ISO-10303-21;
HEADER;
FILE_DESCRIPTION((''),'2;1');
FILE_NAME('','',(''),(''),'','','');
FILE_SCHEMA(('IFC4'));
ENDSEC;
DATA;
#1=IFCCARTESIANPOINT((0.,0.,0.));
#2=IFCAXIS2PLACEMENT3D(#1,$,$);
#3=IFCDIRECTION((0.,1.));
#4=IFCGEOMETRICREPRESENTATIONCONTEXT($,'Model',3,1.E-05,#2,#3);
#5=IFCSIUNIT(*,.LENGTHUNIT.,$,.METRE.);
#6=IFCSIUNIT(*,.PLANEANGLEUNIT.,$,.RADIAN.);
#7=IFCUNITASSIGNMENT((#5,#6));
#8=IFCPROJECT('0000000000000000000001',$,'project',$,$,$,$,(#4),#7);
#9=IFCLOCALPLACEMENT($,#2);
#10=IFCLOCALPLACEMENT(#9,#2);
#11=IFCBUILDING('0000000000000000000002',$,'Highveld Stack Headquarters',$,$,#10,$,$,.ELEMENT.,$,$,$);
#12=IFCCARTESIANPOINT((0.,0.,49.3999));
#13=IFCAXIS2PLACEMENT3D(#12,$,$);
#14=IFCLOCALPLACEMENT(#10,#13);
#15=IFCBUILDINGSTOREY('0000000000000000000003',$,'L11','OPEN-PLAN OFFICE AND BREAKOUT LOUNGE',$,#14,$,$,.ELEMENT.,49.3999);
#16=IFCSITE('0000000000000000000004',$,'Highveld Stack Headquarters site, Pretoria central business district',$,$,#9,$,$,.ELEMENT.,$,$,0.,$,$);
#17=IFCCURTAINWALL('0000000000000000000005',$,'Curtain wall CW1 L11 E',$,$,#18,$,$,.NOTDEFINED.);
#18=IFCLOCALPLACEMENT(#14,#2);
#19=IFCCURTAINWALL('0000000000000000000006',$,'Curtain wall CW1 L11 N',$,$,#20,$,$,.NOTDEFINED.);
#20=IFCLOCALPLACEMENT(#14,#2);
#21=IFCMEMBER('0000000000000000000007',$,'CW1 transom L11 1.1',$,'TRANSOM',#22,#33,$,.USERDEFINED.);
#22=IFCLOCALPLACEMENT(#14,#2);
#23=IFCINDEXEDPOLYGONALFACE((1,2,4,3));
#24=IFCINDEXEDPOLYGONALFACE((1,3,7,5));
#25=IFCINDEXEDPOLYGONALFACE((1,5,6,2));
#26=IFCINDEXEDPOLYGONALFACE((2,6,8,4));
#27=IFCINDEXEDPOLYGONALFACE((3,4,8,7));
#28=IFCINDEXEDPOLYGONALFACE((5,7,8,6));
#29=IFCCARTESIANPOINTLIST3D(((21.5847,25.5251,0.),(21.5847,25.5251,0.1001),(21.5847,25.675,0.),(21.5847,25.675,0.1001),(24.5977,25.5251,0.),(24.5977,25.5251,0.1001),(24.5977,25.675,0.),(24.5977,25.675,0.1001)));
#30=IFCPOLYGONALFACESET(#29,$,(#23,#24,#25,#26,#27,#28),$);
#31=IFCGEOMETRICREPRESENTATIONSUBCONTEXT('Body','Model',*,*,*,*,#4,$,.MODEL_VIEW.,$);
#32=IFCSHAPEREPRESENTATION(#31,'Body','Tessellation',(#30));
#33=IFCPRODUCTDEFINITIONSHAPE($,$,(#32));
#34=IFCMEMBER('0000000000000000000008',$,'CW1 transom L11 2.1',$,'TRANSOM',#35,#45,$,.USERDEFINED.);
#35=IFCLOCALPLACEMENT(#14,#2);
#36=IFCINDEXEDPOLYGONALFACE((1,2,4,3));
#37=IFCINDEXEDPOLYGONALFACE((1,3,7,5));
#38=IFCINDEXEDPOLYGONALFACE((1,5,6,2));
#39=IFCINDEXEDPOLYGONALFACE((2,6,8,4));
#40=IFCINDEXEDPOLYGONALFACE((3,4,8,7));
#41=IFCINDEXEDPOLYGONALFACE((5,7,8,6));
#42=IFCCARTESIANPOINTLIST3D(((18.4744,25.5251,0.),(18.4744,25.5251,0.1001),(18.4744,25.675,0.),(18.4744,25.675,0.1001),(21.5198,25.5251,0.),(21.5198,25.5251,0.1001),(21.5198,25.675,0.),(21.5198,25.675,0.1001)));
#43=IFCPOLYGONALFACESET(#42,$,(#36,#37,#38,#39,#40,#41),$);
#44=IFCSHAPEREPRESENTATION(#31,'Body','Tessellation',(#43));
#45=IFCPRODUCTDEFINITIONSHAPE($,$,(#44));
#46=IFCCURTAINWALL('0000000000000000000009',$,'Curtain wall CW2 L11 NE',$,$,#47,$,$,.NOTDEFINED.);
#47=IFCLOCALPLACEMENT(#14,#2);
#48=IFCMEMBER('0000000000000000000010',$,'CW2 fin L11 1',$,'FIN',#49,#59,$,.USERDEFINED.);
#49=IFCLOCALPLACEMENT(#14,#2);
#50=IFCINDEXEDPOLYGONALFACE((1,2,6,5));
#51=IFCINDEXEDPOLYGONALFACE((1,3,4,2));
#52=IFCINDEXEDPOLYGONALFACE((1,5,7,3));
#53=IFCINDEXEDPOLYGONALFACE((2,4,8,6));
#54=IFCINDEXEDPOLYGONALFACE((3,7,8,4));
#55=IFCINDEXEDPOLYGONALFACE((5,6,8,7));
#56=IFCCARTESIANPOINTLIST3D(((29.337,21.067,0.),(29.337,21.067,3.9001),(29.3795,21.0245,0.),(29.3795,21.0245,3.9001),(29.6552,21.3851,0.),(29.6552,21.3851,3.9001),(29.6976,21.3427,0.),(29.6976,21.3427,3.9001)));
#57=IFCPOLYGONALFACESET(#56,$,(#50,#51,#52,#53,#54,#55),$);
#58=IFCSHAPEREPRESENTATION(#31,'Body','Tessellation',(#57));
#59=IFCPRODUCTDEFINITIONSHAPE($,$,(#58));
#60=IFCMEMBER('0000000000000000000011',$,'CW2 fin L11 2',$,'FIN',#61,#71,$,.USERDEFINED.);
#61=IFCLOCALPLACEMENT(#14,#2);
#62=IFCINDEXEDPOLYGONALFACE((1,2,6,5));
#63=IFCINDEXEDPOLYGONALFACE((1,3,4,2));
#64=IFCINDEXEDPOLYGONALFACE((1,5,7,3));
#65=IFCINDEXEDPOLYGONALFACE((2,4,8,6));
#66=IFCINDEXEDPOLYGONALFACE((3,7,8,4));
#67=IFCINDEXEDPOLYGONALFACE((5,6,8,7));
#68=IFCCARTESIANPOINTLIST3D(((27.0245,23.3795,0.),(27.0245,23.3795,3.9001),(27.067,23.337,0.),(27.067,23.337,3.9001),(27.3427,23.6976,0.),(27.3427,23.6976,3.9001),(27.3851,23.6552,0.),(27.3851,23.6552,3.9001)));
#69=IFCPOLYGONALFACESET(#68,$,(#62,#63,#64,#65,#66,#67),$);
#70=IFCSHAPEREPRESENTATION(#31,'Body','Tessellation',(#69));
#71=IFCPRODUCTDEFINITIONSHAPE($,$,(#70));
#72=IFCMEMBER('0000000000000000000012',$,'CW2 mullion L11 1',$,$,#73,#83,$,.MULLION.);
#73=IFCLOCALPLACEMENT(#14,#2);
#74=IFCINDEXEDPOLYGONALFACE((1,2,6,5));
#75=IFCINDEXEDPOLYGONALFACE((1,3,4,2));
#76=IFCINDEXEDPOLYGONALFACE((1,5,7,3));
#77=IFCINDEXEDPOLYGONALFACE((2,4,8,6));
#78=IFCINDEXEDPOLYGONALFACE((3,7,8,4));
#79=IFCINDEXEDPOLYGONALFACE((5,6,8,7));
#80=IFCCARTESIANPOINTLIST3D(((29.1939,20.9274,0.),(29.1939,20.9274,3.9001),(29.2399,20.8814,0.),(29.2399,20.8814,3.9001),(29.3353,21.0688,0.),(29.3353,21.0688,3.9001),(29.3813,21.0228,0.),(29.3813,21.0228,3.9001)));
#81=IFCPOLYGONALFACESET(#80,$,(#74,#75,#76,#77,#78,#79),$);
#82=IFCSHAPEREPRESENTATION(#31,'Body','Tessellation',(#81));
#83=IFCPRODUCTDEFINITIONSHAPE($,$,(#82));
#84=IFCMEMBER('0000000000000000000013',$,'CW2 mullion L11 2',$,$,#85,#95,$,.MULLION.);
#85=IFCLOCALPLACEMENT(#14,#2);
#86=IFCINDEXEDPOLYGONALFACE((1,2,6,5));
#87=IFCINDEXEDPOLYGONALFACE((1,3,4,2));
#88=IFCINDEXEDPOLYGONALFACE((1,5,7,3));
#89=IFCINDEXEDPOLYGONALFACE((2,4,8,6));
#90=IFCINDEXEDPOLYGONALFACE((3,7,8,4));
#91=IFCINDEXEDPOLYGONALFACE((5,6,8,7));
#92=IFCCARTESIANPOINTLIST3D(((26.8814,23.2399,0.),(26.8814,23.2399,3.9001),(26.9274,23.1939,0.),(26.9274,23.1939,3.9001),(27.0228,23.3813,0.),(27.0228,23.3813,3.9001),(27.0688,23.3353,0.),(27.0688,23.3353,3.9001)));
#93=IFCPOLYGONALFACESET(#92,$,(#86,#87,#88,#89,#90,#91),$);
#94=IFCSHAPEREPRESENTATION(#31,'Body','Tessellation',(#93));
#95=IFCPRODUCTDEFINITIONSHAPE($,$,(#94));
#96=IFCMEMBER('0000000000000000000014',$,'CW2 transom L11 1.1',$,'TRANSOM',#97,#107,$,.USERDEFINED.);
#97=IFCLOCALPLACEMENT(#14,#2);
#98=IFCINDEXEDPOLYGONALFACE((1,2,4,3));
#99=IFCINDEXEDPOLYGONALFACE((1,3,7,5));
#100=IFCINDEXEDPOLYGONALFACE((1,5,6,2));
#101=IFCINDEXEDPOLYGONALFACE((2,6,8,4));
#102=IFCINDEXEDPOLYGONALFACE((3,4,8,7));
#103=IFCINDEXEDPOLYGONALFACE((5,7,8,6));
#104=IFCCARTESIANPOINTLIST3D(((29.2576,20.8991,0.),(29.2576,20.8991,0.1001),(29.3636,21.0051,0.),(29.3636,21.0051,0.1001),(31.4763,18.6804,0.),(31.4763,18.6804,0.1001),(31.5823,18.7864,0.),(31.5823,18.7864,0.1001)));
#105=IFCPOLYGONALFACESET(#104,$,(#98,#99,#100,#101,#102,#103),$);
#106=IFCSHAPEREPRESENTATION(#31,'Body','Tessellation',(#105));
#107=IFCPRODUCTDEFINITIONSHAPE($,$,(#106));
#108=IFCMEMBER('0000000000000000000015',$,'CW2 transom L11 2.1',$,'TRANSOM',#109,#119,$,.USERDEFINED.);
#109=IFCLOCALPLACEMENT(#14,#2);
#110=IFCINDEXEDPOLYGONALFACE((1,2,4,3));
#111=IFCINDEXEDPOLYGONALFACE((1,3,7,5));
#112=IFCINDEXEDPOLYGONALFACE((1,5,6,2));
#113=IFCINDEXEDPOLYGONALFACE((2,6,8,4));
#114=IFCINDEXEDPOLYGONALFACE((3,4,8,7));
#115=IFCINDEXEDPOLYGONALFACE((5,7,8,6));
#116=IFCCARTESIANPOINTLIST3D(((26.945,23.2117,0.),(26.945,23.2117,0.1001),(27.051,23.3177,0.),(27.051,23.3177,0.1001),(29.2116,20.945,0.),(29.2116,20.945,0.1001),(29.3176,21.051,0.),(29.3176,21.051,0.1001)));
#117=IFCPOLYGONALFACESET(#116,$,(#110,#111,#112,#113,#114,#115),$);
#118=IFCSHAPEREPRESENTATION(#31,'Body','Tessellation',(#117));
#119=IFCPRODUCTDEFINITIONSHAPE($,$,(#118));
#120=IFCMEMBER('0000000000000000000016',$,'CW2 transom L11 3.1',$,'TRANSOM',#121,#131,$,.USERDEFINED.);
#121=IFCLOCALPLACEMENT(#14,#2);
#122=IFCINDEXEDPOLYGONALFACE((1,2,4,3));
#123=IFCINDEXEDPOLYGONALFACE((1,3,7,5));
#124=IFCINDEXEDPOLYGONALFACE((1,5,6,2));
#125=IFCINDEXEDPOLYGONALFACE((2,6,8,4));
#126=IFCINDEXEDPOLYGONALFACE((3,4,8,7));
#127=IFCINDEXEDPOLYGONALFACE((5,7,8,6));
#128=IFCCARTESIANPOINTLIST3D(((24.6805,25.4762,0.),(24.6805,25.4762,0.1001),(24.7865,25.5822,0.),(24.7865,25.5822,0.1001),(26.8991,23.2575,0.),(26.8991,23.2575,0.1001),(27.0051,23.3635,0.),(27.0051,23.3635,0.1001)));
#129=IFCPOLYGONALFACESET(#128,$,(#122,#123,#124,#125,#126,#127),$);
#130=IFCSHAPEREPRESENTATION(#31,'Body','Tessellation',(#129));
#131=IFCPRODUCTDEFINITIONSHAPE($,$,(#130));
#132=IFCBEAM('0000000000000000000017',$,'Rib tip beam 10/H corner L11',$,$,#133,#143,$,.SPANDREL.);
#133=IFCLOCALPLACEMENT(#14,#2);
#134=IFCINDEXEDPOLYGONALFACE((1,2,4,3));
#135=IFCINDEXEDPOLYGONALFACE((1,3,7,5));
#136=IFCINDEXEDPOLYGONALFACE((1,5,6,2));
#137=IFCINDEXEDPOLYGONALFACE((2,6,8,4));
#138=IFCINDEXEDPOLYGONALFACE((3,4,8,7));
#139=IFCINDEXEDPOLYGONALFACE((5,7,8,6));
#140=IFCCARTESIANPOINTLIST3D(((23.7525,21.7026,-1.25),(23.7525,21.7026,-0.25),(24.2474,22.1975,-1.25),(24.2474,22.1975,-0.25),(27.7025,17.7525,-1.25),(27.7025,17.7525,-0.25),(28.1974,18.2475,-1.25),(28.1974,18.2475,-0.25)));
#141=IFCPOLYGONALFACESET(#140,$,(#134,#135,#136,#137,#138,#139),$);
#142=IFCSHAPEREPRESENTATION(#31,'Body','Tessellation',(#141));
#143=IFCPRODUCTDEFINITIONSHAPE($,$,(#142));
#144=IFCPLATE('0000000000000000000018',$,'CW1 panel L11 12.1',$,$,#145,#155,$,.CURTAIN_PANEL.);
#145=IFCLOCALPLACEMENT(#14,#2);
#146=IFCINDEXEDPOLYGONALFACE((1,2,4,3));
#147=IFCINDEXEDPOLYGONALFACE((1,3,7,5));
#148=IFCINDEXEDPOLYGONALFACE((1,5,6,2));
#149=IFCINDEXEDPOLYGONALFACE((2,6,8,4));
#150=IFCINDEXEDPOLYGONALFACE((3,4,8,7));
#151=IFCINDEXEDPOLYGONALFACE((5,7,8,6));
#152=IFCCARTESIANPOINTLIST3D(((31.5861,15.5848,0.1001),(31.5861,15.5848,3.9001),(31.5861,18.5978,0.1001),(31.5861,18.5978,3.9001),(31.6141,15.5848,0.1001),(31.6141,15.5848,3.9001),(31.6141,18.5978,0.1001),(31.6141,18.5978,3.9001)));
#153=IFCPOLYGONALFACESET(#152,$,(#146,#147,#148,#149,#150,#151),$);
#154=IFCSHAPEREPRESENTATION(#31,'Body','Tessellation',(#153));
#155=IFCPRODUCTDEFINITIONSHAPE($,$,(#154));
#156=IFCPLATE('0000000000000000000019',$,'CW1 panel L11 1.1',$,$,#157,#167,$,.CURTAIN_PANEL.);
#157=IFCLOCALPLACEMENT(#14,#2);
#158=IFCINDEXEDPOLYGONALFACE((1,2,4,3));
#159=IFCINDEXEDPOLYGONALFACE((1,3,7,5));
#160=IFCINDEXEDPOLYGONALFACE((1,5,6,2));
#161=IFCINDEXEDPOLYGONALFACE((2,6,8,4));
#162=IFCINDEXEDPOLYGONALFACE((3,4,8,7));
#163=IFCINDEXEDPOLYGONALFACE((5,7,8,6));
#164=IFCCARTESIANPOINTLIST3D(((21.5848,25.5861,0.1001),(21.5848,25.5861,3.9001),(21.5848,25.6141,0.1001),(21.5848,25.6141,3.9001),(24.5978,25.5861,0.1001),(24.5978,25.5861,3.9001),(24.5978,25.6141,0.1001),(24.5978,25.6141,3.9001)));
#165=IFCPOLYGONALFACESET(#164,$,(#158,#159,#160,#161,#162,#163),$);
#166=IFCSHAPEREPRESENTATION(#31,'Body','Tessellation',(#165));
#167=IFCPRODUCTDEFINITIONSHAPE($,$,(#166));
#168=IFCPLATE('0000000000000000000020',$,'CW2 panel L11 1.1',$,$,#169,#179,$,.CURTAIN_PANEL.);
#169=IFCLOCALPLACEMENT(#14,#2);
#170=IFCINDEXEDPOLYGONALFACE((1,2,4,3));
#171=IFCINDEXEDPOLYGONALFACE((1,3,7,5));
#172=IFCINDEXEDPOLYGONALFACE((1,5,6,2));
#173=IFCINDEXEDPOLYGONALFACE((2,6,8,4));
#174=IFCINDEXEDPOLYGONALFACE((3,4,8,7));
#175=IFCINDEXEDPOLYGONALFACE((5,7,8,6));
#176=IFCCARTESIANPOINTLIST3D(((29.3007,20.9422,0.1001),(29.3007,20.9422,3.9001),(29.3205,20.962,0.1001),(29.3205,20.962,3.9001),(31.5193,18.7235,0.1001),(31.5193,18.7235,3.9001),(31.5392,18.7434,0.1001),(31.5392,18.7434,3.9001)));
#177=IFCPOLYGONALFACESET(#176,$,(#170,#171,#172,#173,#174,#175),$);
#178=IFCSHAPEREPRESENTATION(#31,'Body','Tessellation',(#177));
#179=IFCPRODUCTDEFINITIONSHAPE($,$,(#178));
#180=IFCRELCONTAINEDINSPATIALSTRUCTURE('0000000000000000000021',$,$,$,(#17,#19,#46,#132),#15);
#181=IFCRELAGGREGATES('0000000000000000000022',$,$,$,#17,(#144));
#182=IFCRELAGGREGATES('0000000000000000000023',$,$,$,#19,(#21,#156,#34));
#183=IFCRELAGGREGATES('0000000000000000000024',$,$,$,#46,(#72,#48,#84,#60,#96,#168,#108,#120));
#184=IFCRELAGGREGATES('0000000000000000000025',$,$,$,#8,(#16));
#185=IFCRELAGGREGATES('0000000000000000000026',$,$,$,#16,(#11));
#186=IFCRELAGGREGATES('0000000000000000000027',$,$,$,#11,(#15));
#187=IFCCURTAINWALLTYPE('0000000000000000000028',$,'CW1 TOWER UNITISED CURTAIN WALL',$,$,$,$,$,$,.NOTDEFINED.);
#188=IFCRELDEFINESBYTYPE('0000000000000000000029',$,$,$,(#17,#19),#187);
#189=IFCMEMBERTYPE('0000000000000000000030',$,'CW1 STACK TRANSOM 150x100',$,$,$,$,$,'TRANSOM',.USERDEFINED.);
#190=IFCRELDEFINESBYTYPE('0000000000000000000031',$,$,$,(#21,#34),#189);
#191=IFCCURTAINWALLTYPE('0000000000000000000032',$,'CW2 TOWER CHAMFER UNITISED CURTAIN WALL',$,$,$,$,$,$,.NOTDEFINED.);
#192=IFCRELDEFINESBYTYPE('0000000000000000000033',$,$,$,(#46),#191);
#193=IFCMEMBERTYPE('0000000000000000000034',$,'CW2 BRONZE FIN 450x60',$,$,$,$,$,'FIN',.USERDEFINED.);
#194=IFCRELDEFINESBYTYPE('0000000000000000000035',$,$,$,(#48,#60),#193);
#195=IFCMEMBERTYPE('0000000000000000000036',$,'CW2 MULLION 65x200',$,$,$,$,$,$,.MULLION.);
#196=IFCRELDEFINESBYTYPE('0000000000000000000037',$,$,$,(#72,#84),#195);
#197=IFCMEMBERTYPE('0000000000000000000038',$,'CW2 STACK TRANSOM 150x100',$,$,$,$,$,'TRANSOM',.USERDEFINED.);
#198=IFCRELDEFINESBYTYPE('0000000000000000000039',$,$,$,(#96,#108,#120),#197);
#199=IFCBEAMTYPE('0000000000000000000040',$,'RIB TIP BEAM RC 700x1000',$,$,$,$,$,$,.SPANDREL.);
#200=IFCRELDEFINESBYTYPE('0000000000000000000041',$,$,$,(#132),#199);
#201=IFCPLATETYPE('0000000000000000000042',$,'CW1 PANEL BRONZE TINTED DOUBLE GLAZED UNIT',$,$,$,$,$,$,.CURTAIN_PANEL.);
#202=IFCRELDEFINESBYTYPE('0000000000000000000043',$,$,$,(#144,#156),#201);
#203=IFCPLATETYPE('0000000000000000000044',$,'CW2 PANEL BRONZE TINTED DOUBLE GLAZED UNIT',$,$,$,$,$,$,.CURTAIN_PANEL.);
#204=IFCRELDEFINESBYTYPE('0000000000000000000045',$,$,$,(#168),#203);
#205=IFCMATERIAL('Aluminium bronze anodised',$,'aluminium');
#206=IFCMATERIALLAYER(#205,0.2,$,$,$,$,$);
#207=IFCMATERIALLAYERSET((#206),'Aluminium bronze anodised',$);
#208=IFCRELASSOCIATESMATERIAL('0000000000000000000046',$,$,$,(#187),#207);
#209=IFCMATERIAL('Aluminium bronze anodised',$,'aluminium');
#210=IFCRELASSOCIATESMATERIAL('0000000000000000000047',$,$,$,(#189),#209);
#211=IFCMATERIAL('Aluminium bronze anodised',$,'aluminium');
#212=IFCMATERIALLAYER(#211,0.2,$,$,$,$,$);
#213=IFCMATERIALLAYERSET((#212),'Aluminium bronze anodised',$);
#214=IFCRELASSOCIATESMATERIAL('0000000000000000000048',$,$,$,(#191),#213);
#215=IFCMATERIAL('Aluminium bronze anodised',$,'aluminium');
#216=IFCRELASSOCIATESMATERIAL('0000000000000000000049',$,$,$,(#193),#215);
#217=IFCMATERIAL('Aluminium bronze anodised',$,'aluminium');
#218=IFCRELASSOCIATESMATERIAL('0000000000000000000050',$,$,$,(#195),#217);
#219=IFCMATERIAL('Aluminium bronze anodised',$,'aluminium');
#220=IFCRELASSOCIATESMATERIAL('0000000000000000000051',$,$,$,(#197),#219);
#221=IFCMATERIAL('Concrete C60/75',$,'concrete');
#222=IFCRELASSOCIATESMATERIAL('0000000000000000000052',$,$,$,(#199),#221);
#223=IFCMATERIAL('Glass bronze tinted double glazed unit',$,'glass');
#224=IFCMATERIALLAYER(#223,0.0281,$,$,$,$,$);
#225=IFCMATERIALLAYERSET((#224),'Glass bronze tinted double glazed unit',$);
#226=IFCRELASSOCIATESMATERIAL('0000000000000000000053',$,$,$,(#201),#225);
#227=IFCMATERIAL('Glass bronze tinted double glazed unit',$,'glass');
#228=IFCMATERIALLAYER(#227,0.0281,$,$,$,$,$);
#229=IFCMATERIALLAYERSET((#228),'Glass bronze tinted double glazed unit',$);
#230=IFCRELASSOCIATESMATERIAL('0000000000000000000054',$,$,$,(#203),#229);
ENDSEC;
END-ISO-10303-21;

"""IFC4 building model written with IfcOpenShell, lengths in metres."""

from ifc_helpers import new_model, si_unit, direction, frame, origin, origin_2d, place, context, subcontext, project, spatial, rectangle, extrude, material, layer, layer_set, material_profile, profile_set, type_object, element, aggregate, save


model = new_model("IFC4")

# Units and contexts
model_context = context("Model", 3, precision=1e-05, world=origin(), true_north=direction((0.0, 1.0)))
body_context = subcontext(model_context, "Body", "Model", "MODEL_VIEW")
ifc_project = project(units=[si_unit("LENGTHUNIT", "METRE"), si_unit("PLANEANGLEUNIT", "RADIAN")], contexts=[model_context])

# Site, building, storey
site_placement = place(None, origin())
site = spatial("IfcSite", under=ifc_project, at=site_placement, Name="Highveld Stack Headquarters site, Pretoria central business district", CompositionType="ELEMENT", RefElevation=0.0)
building_placement = place(site_placement, origin())
building = spatial("IfcBuilding", under=site, at=building_placement, Name="Highveld Stack Headquarters", CompositionType="ELEMENT")
storey_placement = place(building_placement, frame((0.0, 0.0, 49.3999)))
storey = spatial("IfcBuildingStorey", under=building, at=storey_placement, Name="L11", Description="OPEN-PLAN OFFICE AND BREAKOUT LOUNGE", CompositionType="ELEMENT", Elevation=49.3999)

# Curtain walls
ifc_material_1 = material(Name="Aluminium bronze anodised", Category="aluminium")
ifc_layer_1 = layer(ifc_material_1, 0.2)
ifc_layer_set_1 = layer_set([ifc_layer_1], Name="Aluminium bronze anodised")
curtain_wall_type_1 = type_object("IfcCurtainWallType", Name="CW1 TOWER UNITISED CURTAIN WALL", PredefinedType="NOTDEFINED", material=ifc_layer_set_1)
curtain_wall_1_placement = place(storey_placement, origin())
curtain_wall_1 = element("IfcCurtainWall", 1, at=curtain_wall_1_placement, inside=storey, type_object=curtain_wall_type_1, Name="Curtain wall CW1 L11 E", PredefinedType="NOTDEFINED")
curtain_wall_2_placement = place(storey_placement, origin())
curtain_wall_2 = element("IfcCurtainWall", 2, at=curtain_wall_2_placement, inside=storey, type_object=curtain_wall_type_1, Name="Curtain wall CW1 L11 N", PredefinedType="NOTDEFINED")

# Members
ifc_material_2 = material(Name="Aluminium bronze anodised", Category="aluminium")
ifc_material_profile_1 = material_profile(ifc_material_2, rectangle(XDim=0.1499, YDim=0.1001, at=origin_2d()), Name="CW1 TRANSOM 150x100")
ifc_profile_set_1 = profile_set([ifc_material_profile_1], Name="Aluminium bronze anodised")
member_type_1 = type_object("IfcMemberType", Name="CW1 STACK TRANSOM 150x100", ElementType="TRANSOM", PredefinedType="USERDEFINED", material=ifc_profile_set_1)
member_1_placement = place(storey_placement, frame((24.5977, 25.6001, 0.05), z_axis=(-1.0, 0.0, 0.0), x_axis=(0.0, -1.0, 0.0)))
member_1 = element("IfcMember", 3, at=member_1_placement, type_object=member_type_1, Name="CW1 transom L11 1.1", ObjectType="TRANSOM", PredefinedType="USERDEFINED", context=body_context, shape_type="SweptSolid", body=[
    extrude(rectangle(XDim=0.1499, YDim=0.1001, at=origin_2d()), origin(), (0.0, 0.0, 1.0), 3.0129),
])
member_2_placement = place(storey_placement, frame((21.5198, 25.6001, 0.05), z_axis=(-1.0, 0.0, 0.0), x_axis=(0.0, -1.0, 0.0)))
member_2 = element("IfcMember", 4, at=member_2_placement, type_object=member_type_1, Name="CW1 transom L11 2.1", ObjectType="TRANSOM", PredefinedType="USERDEFINED", context=body_context, shape_type="SweptSolid", body=[
    extrude(rectangle(XDim=0.1499, YDim=0.1001, at=origin_2d()), origin(), (0.0, 0.0, 1.0), 3.0454),
])

# Curtain wall, members
ifc_material_3 = material(Name="Aluminium bronze anodised", Category="aluminium")
ifc_layer_2 = layer(ifc_material_3, 0.2)
ifc_layer_set_2 = layer_set([ifc_layer_2], Name="Aluminium bronze anodised")
curtain_wall_type_2 = type_object("IfcCurtainWallType", Name="CW2 TOWER CHAMFER UNITISED CURTAIN WALL", PredefinedType="NOTDEFINED", material=ifc_layer_set_2)
curtain_wall_3_placement = place(storey_placement, origin())
curtain_wall_3 = element("IfcCurtainWall", 5, at=curtain_wall_3_placement, inside=storey, type_object=curtain_wall_type_2, Name="Curtain wall CW2 L11 NE", PredefinedType="NOTDEFINED")
ifc_material_4 = material(Name="Aluminium bronze anodised", Category="aluminium")
ifc_material_profile_2 = material_profile(ifc_material_4, rectangle(XDim=0.45, YDim=0.0601, at=origin_2d()), Name="FIN 450x60")
ifc_profile_set_2 = profile_set([ifc_material_profile_2], Name="Aluminium bronze anodised")
member_type_2 = type_object("IfcMemberType", Name="CW2 BRONZE FIN 450x60", ElementType="FIN", PredefinedType="USERDEFINED", material=ifc_profile_set_2)
member_3_placement = place(storey_placement, frame((29.5173, 21.2048, 0.0), z_axis=(0.0, 0.0, 1.0), x_axis=(-0.707107, -0.707107, 0.0)))
member_3 = element("IfcMember", 6, at=member_3_placement, type_object=member_type_2, Name="CW2 fin L11 1", ObjectType="FIN", PredefinedType="USERDEFINED", context=body_context, shape_type="SweptSolid", body=[
    extrude(rectangle(XDim=0.45, YDim=0.0601, at=origin_2d()), origin(), (0.0, 0.0, 1.0), 3.9001),
])
member_4_placement = place(storey_placement, frame((27.2048, 23.5173, 0.0), z_axis=(0.0, 0.0, 1.0), x_axis=(-0.707107, -0.707107, 0.0)))
member_4 = element("IfcMember", 7, at=member_4_placement, type_object=member_type_2, Name="CW2 fin L11 2", ObjectType="FIN", PredefinedType="USERDEFINED", context=body_context, shape_type="SweptSolid", body=[
    extrude(rectangle(XDim=0.45, YDim=0.0601, at=origin_2d()), origin(), (0.0, 0.0, 1.0), 3.9001),
])
ifc_material_5 = material(Name="Aluminium bronze anodised", Category="aluminium")
ifc_material_profile_3 = material_profile(ifc_material_5, rectangle(XDim=0.2, YDim=0.0649, at=origin_2d()), Name="CW2 MULLION 65x200")
ifc_profile_set_3 = profile_set([ifc_material_profile_3], Name="Aluminium bronze anodised")
member_type_3 = type_object("IfcMemberType", Name="CW2 MULLION 65x200", PredefinedType="MULLION", material=ifc_profile_set_3)
member_5_placement = place(storey_placement, frame((29.2876, 20.9751, 0.0), z_axis=(0.0, 0.0, 1.0), x_axis=(-0.707107, -0.707107, 0.0)))
member_5 = element("IfcMember", 8, at=member_5_placement, type_object=member_type_3, Name="CW2 mullion L11 1", PredefinedType="MULLION", context=body_context, shape_type="SweptSolid", body=[
    extrude(rectangle(XDim=0.2, YDim=0.0649, at=origin_2d()), origin(), (0.0, 0.0, 1.0), 3.9001),
])
member_6_placement = place(storey_placement, frame((26.9751, 23.2876, 0.0), z_axis=(0.0, 0.0, 1.0), x_axis=(-0.707107, -0.707107, 0.0)))
member_6 = element("IfcMember", 9, at=member_6_placement, type_object=member_type_3, Name="CW2 mullion L11 2", PredefinedType="MULLION", context=body_context, shape_type="SweptSolid", body=[
    extrude(rectangle(XDim=0.2, YDim=0.0649, at=origin_2d()), origin(), (0.0, 0.0, 1.0), 3.9001),
])
ifc_material_6 = material(Name="Aluminium bronze anodised", Category="aluminium")
ifc_material_profile_4 = material_profile(ifc_material_6, rectangle(XDim=0.1499, YDim=0.1001, at=origin_2d()), Name="CW2 TRANSOM 150x100")
ifc_profile_set_4 = profile_set([ifc_material_profile_4], Name="Aluminium bronze anodised")
member_type_4 = type_object("IfcMemberType", Name="CW2 STACK TRANSOM 150x100", ElementType="TRANSOM", PredefinedType="USERDEFINED", material=ifc_profile_set_4)
member_7_placement = place(storey_placement, frame((31.5293, 18.7334, 0.05), z_axis=(-0.707107, 0.707107, 0.0), x_axis=(-0.707107, -0.707107, 0.0)))
member_7 = element("IfcMember", 10, at=member_7_placement, type_object=member_type_4, Name="CW2 transom L11 1.1", ObjectType="TRANSOM", PredefinedType="USERDEFINED", context=body_context, shape_type="SweptSolid", body=[
    extrude(rectangle(XDim=0.1499, YDim=0.1001, at=origin_2d()), origin(), (0.0, 0.0, 1.0), 3.1377),
])
member_8_placement = place(storey_placement, frame((29.2646, 20.998, 0.05), z_axis=(-0.707107, 0.707107, 0.0), x_axis=(-0.707107, -0.707107, 0.0)))
member_8 = element("IfcMember", 11, at=member_8_placement, type_object=member_type_4, Name="CW2 transom L11 2.1", ObjectType="TRANSOM", PredefinedType="USERDEFINED", context=body_context, shape_type="SweptSolid", body=[
    extrude(rectangle(XDim=0.1499, YDim=0.1001, at=origin_2d()), origin(), (0.0, 0.0, 1.0), 3.2056),
])
member_9_placement = place(storey_placement, frame((26.9521, 23.3105, 0.05), z_axis=(-0.707107, 0.707107, 0.0), x_axis=(-0.707107, -0.707107, 0.0)))
member_9 = element("IfcMember", 12, at=member_9_placement, type_object=member_type_4, Name="CW2 transom L11 3.1", ObjectType="TRANSOM", PredefinedType="USERDEFINED", context=body_context, shape_type="SweptSolid", body=[
    extrude(rectangle(XDim=0.1499, YDim=0.1001, at=origin_2d()), origin(), (0.0, 0.0, 1.0), 3.1377),
])

# Beam
ifc_material_7 = material(Name="Concrete C60/75", Category="concrete")
ifc_material_profile_5 = material_profile(ifc_material_7, rectangle(XDim=0.7, YDim=1.0, at=origin_2d()), Name="RC 700x1000")
ifc_profile_set_5 = profile_set([ifc_material_profile_5], Name="Concrete C60/75")
beam_type_1 = type_object("IfcBeamType", Name="RIB TIP BEAM RC 700x1000", PredefinedType="SPANDREL", material=ifc_profile_set_5)
beam_1_placement = place(storey_placement, frame((27.95, 18.0, -0.75), z_axis=(-0.707107, 0.707107, 0.0), x_axis=(-0.707107, -0.707107, 0.0)))
element("IfcBeam", 13, at=beam_1_placement, inside=storey, type_object=beam_type_1, Name="Rib tip beam 10/H corner L11", PredefinedType="SPANDREL", context=body_context, shape_type="SweptSolid", body=[
    extrude(rectangle(XDim=0.7, YDim=1.0, at=origin_2d()), origin(), (0.0, 0.0, 1.0), 5.5862),
])

# Plates
ifc_material_8 = material(Name="Glass bronze tinted double glazed unit", Category="glass")
ifc_layer_3 = layer(ifc_material_8, 0.0281)
ifc_layer_set_3 = layer_set([ifc_layer_3], Name="Glass bronze tinted double glazed unit")
plate_type_1 = type_object("IfcPlateType", Name="CW1 PANEL BRONZE TINTED DOUBLE GLAZED UNIT", PredefinedType="CURTAIN_PANEL", material=ifc_layer_set_3)
plate_1_placement = place(storey_placement, frame((31.6001, 17.0913, 0.1001), z_axis=(0.0, 0.0, 1.0), x_axis=(0.0, 1.0, 0.0)))
plate_1 = element("IfcPlate", 14, at=plate_1_placement, type_object=plate_type_1, Name="CW1 panel L11 12.1", PredefinedType="CURTAIN_PANEL", context=body_context, shape_type="SweptSolid", body=[
    extrude(rectangle(XDim=3.0129, YDim=0.0281, at=origin_2d()), origin(), (0.0, 0.0, 1.0), 3.8),
])
aggregate(curtain_wall_1, [plate_1])
plate_2_placement = place(storey_placement, frame((23.0913, 25.6001, 0.1001), z_axis=(0.0, 0.0, 1.0), x_axis=(-1.0, 0.0, 0.0)))
plate_2 = element("IfcPlate", 15, at=plate_2_placement, type_object=plate_type_1, Name="CW1 panel L11 1.1", PredefinedType="CURTAIN_PANEL", context=body_context, shape_type="SweptSolid", body=[
    extrude(rectangle(XDim=3.0129, YDim=0.0281, at=origin_2d()), origin(), (0.0, 0.0, 1.0), 3.8),
])
aggregate(curtain_wall_2, [member_1, plate_2, member_2])
ifc_material_9 = material(Name="Glass bronze tinted double glazed unit", Category="glass")
ifc_layer_4 = layer(ifc_material_9, 0.0281)
ifc_layer_set_4 = layer_set([ifc_layer_4], Name="Glass bronze tinted double glazed unit")
plate_type_2 = type_object("IfcPlateType", Name="CW2 PANEL BRONZE TINTED DOUBLE GLAZED UNIT", PredefinedType="CURTAIN_PANEL", material=ifc_layer_set_4)
plate_3_placement = place(storey_placement, frame((30.4199, 19.8428, 0.1001), z_axis=(0.0, 0.0, 1.0), x_axis=(-0.707107, 0.707107, 0.0)))
plate_3 = element("IfcPlate", 16, at=plate_3_placement, type_object=plate_type_2, Name="CW2 panel L11 1.1", PredefinedType="CURTAIN_PANEL", context=body_context, shape_type="SweptSolid", body=[
    extrude(rectangle(XDim=3.1377, YDim=0.0281, at=origin_2d()), origin(), (0.0, 0.0, 1.0), 3.8),
])
aggregate(curtain_wall_3, [member_5, member_3, member_6, member_4, member_7, plate_3, member_8, member_9])

save(model, "model.ifc")
